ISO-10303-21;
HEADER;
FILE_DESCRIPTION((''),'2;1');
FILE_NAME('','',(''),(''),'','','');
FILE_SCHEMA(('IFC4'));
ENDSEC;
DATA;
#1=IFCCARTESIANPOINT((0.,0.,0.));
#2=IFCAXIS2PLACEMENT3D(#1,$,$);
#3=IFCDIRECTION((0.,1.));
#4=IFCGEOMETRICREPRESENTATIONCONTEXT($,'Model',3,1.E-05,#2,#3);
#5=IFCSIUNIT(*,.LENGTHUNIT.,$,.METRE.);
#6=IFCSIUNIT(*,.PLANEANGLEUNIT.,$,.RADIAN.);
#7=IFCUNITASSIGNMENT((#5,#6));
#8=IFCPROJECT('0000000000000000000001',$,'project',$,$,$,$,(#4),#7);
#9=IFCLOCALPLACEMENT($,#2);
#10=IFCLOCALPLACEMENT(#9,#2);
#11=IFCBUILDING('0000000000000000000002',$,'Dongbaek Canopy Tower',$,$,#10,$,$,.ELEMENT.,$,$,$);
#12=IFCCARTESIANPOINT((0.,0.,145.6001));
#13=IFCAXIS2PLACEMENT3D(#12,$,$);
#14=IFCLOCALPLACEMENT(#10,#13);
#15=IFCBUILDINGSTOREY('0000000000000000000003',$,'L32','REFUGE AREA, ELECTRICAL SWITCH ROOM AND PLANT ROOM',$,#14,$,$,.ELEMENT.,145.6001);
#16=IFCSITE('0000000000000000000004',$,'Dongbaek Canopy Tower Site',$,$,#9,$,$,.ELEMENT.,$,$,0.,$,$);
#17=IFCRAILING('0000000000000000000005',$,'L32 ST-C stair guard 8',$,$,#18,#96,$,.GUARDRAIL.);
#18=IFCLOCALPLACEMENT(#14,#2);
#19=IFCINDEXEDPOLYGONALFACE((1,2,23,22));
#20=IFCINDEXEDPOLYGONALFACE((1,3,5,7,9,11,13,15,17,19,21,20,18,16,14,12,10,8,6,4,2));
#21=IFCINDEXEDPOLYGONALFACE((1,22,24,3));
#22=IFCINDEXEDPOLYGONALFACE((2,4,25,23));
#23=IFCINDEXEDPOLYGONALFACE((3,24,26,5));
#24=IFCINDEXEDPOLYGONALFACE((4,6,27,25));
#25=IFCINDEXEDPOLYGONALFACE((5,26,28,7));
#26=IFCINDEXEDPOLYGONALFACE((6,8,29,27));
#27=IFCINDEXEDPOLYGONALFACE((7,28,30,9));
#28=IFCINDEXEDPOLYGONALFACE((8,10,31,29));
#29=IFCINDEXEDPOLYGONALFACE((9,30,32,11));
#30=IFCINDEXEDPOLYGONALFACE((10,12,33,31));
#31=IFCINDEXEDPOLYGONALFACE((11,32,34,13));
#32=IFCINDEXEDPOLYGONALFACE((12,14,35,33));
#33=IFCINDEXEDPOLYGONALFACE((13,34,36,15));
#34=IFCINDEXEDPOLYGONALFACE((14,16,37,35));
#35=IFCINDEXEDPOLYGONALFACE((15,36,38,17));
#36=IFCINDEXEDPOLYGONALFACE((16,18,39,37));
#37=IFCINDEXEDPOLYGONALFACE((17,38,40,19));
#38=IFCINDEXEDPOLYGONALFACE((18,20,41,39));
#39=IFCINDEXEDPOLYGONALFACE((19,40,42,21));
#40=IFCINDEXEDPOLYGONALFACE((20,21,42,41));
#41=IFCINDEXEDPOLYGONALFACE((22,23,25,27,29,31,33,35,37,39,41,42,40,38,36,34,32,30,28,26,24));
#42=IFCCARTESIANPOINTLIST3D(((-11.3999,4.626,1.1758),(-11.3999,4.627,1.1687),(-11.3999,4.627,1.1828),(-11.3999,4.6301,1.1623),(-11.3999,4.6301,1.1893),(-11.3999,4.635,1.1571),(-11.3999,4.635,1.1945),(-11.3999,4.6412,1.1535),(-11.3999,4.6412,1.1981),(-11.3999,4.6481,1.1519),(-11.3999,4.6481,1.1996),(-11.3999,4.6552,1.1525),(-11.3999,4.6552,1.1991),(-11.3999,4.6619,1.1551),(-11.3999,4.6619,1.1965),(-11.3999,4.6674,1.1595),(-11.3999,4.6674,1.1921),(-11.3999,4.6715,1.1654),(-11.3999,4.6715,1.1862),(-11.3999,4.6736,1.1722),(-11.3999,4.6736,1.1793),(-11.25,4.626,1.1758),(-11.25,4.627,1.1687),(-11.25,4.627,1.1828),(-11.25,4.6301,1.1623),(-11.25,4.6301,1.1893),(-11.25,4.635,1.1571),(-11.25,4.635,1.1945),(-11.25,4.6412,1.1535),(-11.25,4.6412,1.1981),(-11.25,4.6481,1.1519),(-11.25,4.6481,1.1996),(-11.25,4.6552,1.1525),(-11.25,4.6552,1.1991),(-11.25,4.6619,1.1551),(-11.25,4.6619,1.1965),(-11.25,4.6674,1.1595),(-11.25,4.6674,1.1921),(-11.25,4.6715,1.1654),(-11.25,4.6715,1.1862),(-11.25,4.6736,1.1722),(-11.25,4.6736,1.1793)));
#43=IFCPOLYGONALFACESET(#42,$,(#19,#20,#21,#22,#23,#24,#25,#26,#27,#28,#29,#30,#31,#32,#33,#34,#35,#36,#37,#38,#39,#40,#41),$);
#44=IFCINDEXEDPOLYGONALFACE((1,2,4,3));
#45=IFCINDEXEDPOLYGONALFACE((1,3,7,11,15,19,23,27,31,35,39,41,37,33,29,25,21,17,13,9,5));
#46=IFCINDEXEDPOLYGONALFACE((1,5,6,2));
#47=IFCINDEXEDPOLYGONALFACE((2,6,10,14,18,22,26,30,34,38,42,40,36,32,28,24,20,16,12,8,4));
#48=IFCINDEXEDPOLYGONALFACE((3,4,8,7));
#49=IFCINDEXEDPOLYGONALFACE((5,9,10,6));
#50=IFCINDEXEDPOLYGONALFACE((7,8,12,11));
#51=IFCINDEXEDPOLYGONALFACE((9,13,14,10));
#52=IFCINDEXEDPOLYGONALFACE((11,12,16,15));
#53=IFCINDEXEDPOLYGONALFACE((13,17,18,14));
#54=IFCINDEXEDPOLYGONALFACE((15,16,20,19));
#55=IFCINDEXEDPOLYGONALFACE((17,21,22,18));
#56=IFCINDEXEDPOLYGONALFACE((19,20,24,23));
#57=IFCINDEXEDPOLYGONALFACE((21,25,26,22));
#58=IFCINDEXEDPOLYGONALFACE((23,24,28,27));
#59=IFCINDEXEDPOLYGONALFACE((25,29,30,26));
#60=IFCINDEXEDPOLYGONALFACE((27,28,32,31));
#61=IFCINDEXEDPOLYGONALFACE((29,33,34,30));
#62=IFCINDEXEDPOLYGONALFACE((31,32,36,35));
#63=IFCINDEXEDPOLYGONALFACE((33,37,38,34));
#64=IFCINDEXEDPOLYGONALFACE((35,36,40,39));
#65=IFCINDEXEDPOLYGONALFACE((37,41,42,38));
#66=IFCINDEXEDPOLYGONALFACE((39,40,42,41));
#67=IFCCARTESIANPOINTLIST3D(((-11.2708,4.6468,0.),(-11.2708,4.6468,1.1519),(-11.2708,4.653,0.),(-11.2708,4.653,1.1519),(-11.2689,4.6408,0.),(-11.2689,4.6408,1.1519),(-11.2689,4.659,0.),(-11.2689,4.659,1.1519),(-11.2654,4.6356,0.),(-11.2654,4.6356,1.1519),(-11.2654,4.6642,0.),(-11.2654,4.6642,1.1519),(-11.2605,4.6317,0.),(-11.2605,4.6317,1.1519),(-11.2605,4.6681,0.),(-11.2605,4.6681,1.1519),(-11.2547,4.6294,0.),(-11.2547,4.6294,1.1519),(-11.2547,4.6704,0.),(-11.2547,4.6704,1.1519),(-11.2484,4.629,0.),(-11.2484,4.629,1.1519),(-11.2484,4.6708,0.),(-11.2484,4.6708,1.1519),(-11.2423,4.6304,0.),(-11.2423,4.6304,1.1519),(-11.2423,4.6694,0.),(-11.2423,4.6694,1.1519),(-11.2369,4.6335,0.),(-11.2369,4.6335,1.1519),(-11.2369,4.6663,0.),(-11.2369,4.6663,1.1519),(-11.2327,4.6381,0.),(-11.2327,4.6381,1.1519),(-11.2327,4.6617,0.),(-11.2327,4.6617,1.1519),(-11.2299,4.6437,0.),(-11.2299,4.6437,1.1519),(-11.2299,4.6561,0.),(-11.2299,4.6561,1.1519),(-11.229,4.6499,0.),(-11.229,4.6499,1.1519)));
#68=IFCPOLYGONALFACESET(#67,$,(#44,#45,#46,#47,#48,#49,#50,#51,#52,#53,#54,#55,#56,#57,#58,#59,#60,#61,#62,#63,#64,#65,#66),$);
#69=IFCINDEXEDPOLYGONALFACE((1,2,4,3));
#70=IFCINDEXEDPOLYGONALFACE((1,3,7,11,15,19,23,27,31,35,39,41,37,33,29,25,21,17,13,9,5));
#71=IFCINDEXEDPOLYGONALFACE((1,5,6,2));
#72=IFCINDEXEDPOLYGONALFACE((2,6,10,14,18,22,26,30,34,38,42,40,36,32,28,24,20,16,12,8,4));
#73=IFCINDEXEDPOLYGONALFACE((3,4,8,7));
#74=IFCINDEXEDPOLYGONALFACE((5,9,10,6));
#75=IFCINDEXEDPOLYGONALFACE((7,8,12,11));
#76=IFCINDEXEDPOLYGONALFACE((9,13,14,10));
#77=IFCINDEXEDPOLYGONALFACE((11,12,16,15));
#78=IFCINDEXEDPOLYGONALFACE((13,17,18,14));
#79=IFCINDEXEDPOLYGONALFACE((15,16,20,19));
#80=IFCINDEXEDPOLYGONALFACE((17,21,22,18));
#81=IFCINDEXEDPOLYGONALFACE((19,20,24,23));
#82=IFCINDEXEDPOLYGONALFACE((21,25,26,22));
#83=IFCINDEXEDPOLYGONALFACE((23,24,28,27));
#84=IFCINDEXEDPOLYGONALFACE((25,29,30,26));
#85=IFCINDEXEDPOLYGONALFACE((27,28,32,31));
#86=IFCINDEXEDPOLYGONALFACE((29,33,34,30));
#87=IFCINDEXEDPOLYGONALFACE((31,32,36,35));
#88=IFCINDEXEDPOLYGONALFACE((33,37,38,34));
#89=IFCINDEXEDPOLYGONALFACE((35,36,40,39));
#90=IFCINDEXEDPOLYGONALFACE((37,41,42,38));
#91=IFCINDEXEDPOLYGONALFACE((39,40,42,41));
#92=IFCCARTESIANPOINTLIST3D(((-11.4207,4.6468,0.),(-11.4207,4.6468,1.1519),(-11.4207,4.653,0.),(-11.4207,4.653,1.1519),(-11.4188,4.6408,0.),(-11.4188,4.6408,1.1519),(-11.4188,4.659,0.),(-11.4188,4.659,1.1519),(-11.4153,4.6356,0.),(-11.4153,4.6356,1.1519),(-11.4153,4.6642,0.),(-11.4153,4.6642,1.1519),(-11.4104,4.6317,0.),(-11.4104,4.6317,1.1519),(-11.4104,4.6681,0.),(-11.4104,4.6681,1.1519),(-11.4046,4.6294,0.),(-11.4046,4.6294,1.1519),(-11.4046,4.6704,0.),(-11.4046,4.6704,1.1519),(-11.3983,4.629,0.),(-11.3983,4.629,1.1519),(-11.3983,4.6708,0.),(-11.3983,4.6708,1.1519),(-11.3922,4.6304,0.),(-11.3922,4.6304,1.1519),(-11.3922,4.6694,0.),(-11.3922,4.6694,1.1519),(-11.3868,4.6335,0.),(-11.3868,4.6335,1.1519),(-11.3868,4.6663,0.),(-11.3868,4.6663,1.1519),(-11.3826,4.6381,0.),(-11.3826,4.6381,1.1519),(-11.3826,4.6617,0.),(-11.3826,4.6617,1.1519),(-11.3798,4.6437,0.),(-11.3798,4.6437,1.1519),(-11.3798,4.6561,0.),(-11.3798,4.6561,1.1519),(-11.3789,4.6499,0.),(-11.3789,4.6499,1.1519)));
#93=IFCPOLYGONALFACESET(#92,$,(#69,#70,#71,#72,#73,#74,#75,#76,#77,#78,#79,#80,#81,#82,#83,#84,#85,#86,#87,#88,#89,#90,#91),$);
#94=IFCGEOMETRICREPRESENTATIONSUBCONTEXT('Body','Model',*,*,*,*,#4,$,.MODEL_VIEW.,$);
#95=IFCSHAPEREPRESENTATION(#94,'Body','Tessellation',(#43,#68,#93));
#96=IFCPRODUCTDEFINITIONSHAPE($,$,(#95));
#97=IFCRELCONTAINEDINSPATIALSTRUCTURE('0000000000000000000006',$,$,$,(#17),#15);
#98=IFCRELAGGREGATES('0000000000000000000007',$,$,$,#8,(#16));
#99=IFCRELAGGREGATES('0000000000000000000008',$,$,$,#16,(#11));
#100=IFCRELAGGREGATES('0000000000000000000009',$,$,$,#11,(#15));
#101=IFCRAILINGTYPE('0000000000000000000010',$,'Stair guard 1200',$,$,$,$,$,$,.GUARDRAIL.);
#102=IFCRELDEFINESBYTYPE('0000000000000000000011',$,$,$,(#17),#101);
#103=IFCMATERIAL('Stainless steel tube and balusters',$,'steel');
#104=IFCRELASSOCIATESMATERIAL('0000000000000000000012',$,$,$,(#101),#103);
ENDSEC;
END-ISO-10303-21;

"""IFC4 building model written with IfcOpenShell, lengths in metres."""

from ifc_helpers import new_model, si_unit, direction, frame, origin, origin_2d, place, context, subcontext, project, spatial, circle, extrude, material, type_object, element, save


model = new_model("IFC4")

# Units and contexts
model_context = context("Model", 3, precision=1e-05, world=origin(), true_north=direction((0.0, 1.0)))
body_context = subcontext(model_context, "Body", "Model", "MODEL_VIEW")
ifc_project = project(units=[si_unit("LENGTHUNIT", "METRE"), si_unit("PLANEANGLEUNIT", "RADIAN")], contexts=[model_context])

# Site, building, storey
site_placement = place(None, origin())
site = spatial("IfcSite", under=ifc_project, at=site_placement, Name="Dongbaek Canopy Tower Site", CompositionType="ELEMENT", RefElevation=0.0)
building_placement = place(site_placement, origin())
building = spatial("IfcBuilding", under=site, at=building_placement, Name="Dongbaek Canopy Tower", CompositionType="ELEMENT")
storey_placement = place(building_placement, frame((0.0, 0.0, 145.6001)))
storey = spatial("IfcBuildingStorey", under=building, at=storey_placement, Name="L32", Description="REFUGE AREA, ELECTRICAL SWITCH ROOM AND PLANT ROOM", CompositionType="ELEMENT", Elevation=145.6001)

# Railing
ifc_material_1 = material(Name="Stainless steel tube and balusters", Category="steel")
railing_type_1 = type_object("IfcRailingType", Name="Stair guard 1200", PredefinedType="GUARDRAIL", material=ifc_material_1)
railing_1_placement = place(storey_placement, frame((-11.25, 4.6499, 0.0)))
element("IfcRailing", 1, at=railing_1_placement, inside=storey, type_object=railing_type_1, Name="L32 ST-C stair guard 8", PredefinedType="GUARDRAIL", context=body_context, shape_type="SweptSolid", body=[
    extrude(circle(Radius=0.0239, at=origin_2d()), frame((0.0, 0.0, 1.1758), z_axis=(-1.0, 0.0, 0.0), x_axis=(0.0, -1.0, 0.0)), (0.0, 0.0, 1.0), 0.1499),
    extrude(circle(Radius=0.021, at=origin_2d()), origin(), (0.0, 0.0, 1.0), 1.1519),
    extrude(circle(Radius=0.021, at=origin_2d()), frame((-0.1499, 0.0, 0.0)), (0.0, 0.0, 1.0), 1.1519),
])

save(model, "model.ifc")
